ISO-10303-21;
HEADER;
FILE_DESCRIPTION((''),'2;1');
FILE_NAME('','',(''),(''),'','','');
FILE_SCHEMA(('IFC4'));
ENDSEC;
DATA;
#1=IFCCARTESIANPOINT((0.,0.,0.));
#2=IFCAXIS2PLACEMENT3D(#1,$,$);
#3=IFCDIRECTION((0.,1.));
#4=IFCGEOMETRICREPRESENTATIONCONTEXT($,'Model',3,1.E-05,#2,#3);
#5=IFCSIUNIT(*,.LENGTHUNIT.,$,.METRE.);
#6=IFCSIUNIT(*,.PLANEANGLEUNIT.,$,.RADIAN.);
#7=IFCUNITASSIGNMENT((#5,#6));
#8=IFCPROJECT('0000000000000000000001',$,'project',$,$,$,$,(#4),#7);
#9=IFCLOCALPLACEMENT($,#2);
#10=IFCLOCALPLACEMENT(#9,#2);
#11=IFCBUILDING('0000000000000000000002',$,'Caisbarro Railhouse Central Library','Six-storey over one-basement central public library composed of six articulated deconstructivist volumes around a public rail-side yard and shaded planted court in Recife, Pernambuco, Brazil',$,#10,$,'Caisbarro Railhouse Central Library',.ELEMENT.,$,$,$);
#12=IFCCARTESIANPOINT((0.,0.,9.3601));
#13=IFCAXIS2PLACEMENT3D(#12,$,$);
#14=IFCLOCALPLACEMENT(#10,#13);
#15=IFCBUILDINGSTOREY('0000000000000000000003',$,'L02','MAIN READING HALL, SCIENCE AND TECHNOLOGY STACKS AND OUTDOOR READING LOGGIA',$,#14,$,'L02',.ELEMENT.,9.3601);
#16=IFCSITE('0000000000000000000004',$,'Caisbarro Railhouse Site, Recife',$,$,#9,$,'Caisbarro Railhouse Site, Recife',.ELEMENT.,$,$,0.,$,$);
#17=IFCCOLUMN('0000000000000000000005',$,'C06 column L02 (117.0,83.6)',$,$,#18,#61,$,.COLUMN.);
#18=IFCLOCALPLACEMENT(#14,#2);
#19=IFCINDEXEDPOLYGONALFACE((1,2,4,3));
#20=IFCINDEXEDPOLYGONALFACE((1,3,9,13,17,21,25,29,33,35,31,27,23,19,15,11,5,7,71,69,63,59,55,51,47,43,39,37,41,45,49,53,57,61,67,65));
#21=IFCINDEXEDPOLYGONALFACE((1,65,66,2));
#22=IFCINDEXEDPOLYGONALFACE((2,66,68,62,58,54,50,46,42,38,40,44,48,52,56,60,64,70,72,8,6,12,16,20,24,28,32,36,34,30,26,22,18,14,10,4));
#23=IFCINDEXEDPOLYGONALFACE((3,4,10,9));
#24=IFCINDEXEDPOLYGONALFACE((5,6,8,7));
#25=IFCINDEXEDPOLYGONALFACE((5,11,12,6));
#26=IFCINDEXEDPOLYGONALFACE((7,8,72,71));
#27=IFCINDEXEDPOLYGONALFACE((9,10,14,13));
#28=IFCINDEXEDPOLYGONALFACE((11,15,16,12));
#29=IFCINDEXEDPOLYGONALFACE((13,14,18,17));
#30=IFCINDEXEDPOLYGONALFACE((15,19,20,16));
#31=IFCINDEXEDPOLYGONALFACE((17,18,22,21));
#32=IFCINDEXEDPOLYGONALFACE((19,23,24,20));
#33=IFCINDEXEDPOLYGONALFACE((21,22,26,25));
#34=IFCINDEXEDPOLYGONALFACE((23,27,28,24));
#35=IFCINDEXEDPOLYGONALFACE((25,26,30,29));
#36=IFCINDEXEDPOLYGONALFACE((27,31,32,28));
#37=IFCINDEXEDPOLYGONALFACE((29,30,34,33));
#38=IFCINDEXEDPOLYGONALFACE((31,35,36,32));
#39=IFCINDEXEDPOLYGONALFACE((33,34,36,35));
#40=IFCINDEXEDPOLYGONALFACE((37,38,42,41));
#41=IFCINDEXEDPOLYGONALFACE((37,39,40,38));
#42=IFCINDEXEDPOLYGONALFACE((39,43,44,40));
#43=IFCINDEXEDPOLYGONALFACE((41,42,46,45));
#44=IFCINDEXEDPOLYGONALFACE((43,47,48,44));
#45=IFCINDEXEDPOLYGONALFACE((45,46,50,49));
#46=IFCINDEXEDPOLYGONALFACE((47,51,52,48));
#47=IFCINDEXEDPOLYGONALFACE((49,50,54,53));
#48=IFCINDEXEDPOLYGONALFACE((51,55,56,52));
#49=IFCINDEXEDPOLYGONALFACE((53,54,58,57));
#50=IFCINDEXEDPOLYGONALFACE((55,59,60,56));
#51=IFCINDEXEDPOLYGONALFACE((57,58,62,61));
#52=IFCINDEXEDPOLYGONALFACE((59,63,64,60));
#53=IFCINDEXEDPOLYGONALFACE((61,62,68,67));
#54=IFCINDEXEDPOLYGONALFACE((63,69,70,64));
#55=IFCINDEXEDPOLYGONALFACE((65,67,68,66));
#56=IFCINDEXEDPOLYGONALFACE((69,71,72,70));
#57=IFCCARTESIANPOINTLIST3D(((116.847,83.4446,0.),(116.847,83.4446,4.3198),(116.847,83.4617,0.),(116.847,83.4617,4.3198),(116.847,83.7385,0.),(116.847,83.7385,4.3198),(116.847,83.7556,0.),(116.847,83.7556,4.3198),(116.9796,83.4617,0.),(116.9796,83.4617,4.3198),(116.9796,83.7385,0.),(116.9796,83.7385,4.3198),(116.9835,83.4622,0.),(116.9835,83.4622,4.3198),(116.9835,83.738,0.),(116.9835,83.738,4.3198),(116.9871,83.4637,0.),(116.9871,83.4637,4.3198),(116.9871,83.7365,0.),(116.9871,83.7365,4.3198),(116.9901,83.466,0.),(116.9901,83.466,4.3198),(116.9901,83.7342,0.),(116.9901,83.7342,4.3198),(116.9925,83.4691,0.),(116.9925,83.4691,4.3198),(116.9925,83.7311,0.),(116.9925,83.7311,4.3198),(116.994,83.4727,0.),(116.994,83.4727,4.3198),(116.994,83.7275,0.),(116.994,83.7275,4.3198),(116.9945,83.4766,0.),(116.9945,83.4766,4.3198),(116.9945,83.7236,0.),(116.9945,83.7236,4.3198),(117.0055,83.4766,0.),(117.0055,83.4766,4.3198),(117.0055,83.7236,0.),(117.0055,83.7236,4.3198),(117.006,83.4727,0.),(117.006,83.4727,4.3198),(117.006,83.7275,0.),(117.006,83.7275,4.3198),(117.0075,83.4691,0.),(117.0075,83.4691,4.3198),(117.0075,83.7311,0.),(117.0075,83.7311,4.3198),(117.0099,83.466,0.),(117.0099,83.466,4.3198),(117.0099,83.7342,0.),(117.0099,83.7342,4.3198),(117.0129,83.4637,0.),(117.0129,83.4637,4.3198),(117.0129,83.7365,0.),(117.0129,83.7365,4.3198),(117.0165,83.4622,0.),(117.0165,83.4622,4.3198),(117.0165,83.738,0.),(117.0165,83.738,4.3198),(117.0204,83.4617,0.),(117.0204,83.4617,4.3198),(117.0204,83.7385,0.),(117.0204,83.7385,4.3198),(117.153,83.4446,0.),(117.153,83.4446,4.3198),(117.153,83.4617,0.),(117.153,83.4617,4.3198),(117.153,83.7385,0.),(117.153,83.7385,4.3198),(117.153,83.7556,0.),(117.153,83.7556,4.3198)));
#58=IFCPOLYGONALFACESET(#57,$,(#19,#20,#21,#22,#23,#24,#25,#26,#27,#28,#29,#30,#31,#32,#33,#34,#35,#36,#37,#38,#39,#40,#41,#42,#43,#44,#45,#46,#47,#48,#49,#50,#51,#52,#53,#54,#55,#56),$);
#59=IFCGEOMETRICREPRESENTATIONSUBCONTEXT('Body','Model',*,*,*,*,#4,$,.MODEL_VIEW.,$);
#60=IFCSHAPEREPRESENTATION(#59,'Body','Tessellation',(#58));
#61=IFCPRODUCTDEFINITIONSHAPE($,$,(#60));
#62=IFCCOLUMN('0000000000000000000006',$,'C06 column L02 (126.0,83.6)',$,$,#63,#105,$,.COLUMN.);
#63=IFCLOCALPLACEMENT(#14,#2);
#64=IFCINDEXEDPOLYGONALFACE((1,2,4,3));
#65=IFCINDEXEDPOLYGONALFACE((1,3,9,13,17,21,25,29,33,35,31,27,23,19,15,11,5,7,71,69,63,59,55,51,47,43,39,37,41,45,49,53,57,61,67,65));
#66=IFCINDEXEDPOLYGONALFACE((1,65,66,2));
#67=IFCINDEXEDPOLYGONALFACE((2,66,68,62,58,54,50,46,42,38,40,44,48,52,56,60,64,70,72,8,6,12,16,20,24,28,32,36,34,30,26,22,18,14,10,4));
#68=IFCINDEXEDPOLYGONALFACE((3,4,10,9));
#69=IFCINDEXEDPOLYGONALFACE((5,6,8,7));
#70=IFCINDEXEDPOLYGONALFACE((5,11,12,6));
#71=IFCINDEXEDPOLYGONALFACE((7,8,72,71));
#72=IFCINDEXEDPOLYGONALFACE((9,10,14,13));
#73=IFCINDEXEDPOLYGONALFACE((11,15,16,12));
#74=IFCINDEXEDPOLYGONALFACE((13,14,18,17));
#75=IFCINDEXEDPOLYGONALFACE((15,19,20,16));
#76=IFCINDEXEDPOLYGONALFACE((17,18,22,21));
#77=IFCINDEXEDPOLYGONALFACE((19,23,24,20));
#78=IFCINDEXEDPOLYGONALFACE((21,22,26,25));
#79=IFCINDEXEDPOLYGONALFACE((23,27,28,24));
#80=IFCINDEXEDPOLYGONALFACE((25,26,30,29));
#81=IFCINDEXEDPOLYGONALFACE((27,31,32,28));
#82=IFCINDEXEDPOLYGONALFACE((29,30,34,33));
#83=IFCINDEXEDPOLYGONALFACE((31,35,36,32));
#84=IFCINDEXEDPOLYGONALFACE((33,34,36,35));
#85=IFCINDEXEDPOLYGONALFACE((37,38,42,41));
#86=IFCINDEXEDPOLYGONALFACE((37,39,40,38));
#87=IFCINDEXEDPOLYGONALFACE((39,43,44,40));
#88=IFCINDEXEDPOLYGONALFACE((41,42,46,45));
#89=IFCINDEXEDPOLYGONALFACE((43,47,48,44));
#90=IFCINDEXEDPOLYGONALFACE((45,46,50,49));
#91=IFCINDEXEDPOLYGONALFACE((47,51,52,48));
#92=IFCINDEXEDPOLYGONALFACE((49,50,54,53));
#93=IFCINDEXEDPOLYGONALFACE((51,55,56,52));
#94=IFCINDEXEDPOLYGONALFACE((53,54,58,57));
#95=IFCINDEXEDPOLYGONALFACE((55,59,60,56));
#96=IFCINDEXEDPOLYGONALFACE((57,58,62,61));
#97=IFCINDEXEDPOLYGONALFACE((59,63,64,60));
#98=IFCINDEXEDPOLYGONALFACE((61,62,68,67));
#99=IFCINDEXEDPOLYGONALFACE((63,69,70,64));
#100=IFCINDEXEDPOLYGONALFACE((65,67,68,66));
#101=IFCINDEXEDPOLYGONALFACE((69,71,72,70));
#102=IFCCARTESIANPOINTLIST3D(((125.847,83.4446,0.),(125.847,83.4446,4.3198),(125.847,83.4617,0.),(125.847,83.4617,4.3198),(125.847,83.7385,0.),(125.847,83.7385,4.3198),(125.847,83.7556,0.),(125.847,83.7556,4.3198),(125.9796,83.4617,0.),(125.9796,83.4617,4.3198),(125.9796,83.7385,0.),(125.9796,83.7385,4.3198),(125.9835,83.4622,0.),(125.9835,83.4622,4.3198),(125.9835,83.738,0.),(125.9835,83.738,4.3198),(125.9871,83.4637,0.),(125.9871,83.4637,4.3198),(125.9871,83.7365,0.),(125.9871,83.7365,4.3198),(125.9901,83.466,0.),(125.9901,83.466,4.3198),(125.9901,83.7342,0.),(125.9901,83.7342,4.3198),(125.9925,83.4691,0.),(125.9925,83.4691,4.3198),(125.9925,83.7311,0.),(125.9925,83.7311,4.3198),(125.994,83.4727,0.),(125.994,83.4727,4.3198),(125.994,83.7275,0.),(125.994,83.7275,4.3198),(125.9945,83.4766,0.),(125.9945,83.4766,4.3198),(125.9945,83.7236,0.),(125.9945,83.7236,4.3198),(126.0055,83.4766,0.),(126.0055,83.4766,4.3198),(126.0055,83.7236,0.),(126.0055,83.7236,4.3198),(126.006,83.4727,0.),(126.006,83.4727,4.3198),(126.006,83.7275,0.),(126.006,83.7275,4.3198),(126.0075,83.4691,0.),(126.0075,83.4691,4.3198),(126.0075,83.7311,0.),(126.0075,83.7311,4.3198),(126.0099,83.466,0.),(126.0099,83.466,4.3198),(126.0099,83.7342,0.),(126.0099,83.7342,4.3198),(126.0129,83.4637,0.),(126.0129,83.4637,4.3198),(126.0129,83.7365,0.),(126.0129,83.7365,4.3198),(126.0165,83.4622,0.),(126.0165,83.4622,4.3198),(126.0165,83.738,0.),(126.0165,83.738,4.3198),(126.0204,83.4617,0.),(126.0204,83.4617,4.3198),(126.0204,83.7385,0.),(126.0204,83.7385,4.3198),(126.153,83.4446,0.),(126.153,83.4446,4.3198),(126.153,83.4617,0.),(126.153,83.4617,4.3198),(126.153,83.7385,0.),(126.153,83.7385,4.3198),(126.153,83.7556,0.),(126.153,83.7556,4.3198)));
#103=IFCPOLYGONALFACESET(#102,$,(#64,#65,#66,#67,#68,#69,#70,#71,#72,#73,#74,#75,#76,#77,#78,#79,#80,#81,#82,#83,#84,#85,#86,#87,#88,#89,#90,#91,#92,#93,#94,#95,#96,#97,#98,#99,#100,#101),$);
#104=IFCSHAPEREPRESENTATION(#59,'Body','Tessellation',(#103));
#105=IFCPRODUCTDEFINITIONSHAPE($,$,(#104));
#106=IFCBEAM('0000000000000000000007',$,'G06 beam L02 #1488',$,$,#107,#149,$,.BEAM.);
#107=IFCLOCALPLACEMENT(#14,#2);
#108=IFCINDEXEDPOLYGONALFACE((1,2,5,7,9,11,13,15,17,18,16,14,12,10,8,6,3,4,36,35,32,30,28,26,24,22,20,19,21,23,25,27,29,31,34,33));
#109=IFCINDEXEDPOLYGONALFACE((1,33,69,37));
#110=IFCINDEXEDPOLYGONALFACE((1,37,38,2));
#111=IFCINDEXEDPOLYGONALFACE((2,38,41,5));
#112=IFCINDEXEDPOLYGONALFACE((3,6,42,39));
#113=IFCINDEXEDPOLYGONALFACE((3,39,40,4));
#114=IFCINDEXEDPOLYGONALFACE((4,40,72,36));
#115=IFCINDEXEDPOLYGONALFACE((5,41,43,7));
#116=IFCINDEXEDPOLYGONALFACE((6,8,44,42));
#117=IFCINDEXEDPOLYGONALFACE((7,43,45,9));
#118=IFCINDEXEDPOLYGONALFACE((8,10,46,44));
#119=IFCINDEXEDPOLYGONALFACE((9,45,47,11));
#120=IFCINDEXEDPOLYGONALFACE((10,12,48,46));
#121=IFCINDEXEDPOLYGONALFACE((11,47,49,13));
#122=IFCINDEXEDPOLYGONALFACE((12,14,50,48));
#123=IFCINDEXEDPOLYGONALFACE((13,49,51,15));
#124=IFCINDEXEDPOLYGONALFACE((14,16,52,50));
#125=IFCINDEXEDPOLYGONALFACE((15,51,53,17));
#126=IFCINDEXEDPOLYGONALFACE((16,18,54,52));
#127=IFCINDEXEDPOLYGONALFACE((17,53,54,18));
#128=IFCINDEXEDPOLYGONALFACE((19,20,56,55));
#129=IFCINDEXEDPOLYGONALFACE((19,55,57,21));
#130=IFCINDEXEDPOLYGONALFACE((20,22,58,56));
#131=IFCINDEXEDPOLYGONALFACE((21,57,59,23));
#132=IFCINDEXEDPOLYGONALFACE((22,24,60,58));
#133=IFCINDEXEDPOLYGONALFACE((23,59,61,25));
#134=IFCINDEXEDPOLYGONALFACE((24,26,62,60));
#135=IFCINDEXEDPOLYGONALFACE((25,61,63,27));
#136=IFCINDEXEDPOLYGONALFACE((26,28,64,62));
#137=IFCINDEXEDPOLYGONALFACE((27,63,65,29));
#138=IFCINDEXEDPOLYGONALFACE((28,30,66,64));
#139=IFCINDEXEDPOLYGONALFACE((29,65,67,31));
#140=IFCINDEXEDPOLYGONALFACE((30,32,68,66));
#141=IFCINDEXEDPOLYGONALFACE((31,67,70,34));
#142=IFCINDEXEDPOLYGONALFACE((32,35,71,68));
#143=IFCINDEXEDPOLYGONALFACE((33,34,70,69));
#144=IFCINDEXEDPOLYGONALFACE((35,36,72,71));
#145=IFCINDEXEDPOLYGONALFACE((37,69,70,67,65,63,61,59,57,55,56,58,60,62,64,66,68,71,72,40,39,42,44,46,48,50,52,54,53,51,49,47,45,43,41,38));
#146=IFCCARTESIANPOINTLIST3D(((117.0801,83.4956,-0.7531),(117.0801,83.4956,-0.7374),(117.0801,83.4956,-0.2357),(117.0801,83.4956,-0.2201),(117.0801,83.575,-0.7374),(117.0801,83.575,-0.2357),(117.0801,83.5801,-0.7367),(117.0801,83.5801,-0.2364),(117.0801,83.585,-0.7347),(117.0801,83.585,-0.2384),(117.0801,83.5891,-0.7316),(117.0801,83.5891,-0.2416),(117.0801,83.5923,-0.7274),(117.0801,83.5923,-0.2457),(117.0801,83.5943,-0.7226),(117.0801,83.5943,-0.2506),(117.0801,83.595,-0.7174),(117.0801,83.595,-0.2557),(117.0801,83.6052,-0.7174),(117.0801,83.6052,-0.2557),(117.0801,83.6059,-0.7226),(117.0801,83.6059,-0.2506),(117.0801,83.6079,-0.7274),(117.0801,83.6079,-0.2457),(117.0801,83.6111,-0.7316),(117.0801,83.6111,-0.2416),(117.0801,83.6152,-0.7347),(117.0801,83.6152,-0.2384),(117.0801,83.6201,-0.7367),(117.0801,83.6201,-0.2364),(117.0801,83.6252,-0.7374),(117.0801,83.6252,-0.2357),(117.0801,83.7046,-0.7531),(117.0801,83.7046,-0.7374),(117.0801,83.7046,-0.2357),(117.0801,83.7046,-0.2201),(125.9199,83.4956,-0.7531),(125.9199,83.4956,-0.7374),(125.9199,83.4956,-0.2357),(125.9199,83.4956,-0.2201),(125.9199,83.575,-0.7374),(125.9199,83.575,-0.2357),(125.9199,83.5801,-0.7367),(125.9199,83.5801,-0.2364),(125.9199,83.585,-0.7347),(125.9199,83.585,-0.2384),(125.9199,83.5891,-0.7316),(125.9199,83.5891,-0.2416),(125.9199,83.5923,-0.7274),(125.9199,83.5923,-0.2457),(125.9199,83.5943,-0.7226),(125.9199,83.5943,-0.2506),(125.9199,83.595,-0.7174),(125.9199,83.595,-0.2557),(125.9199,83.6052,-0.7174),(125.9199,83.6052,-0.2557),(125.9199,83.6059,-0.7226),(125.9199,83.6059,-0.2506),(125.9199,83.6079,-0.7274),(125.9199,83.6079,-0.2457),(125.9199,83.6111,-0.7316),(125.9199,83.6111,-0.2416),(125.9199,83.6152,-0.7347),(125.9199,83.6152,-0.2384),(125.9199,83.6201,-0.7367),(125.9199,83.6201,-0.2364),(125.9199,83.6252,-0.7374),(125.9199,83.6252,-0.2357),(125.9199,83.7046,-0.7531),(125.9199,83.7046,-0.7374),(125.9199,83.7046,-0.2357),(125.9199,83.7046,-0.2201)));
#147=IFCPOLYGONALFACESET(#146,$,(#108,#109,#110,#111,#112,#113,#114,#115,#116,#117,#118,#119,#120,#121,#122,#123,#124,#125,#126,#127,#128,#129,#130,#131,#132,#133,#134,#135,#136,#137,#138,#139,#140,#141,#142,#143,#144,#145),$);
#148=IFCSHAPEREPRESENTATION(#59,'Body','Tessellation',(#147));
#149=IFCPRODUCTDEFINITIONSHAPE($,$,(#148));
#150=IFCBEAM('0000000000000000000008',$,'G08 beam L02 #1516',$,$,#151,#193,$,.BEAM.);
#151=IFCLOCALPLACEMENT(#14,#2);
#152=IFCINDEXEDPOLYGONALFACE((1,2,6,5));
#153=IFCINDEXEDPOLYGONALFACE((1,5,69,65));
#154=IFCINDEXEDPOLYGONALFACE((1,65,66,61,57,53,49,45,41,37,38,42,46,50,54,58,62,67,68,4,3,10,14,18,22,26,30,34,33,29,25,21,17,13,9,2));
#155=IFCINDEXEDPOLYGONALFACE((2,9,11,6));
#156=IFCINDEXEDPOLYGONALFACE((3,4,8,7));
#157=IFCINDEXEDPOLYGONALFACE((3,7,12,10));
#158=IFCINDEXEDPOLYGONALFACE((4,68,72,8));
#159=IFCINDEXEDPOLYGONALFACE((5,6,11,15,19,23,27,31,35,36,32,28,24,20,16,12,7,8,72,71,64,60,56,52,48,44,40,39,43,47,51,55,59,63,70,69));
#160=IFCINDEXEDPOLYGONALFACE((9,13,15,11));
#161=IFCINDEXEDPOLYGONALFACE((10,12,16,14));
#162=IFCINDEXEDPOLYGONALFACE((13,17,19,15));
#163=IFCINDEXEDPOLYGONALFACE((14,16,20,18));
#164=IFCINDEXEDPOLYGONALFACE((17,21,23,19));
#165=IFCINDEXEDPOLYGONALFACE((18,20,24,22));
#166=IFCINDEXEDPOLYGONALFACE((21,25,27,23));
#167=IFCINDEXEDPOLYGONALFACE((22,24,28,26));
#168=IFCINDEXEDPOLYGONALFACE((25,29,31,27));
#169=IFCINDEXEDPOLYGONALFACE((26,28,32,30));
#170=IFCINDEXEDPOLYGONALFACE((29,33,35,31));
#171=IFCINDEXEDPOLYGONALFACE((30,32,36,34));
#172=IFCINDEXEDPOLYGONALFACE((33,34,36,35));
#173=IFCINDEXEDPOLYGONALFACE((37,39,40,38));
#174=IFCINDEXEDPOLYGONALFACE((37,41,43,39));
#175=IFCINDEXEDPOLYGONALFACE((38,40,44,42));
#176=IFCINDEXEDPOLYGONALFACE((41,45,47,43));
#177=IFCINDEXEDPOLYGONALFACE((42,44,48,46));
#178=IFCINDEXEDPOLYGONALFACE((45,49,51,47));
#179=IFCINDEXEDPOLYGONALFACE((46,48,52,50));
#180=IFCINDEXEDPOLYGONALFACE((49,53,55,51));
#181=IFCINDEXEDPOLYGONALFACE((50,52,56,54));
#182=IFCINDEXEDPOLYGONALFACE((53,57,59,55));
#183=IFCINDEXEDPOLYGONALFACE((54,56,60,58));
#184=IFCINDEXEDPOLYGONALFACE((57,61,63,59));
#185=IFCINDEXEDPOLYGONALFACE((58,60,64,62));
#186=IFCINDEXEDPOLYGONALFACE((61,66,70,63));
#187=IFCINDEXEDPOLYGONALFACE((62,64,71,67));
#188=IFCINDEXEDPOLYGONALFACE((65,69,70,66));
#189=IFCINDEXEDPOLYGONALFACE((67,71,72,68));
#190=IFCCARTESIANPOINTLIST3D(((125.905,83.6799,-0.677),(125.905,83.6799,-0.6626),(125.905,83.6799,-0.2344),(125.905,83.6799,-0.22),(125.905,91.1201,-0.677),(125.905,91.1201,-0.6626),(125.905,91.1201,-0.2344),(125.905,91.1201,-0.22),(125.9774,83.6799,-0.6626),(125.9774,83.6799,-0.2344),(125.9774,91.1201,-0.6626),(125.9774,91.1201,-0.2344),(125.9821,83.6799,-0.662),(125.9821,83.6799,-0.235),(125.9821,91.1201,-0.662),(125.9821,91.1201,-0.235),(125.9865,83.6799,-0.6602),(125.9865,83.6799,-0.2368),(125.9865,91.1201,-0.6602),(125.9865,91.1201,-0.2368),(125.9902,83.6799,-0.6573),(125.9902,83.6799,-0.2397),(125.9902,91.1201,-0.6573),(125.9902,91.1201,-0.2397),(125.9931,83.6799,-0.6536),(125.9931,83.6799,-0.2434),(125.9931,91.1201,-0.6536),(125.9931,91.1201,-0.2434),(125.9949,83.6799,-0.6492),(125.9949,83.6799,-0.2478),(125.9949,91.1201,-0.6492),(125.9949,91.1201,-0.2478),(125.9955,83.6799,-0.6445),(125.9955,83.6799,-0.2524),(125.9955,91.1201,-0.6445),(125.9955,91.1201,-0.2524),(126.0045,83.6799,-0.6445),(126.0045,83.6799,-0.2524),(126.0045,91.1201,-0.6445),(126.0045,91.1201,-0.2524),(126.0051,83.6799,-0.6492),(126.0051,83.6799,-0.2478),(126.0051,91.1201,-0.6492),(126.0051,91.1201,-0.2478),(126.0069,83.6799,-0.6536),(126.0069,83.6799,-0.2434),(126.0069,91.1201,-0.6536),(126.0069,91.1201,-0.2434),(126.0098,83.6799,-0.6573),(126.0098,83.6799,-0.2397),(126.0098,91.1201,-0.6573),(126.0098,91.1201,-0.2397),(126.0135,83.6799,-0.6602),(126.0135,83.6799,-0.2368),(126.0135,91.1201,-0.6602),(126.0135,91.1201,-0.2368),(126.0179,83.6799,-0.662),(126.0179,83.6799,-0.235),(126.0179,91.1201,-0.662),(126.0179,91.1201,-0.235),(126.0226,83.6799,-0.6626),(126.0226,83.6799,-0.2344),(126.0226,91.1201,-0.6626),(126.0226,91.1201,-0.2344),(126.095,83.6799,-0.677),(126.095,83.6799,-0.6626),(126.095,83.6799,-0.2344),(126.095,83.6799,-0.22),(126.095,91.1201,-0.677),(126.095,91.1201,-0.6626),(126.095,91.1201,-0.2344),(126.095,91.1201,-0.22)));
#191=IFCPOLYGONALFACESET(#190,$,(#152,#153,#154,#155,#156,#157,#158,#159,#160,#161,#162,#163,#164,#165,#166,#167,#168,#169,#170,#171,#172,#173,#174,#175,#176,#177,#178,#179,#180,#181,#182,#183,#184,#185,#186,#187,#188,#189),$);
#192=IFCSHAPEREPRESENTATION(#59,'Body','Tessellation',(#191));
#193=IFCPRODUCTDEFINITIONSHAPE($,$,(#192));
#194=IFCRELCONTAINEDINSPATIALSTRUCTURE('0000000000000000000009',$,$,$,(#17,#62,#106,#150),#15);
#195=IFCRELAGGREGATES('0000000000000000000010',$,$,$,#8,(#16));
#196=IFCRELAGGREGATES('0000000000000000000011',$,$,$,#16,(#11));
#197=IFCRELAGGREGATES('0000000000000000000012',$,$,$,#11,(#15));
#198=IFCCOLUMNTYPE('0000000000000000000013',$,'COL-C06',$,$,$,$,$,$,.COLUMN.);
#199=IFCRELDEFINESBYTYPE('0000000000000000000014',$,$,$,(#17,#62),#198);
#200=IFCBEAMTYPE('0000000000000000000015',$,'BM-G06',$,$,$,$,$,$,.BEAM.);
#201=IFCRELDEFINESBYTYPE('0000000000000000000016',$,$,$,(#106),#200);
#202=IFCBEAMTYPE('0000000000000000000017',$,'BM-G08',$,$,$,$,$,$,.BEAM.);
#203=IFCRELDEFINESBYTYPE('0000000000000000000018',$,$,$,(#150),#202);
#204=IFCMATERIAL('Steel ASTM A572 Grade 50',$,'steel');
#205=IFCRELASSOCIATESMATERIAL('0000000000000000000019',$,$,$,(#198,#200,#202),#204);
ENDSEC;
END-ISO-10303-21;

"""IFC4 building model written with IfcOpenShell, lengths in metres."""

from ifc_helpers import new_model, si_unit, direction, frame, origin, origin_2d, place, context, subcontext, project, spatial, i_section, extrude, material, material_profile, profile_set, type_object, element, save


model = new_model("IFC4")

# Units and contexts
model_context = context("Model", 3, precision=1e-05, world=origin(), true_north=direction((0.0, 1.0)))
body_context = subcontext(model_context, "Body", "Model", "MODEL_VIEW")
ifc_project = project(units=[si_unit("LENGTHUNIT", "METRE"), si_unit("PLANEANGLEUNIT", "RADIAN")], contexts=[model_context])

# Site, building, storey
site_placement = place(None, origin())
site = spatial("IfcSite", under=ifc_project, at=site_placement, Name="Caisbarro Railhouse Site, Recife", LongName="Caisbarro Railhouse Site, Recife", CompositionType="ELEMENT", RefElevation=0.0)
building_placement = place(site_placement, origin())
building = spatial("IfcBuilding", under=site, at=building_placement, Name="Caisbarro Railhouse Central Library", Description="Six-storey over one-basement central public library composed of six articulated deconstructivist volumes around a public rail-side yard and shaded planted court in Recife, Pernambuco, Brazil", LongName="Caisbarro Railhouse Central Library", CompositionType="ELEMENT")
storey_placement = place(building_placement, frame((0.0, 0.0, 9.3601)))
storey = spatial("IfcBuildingStorey", under=building, at=storey_placement, Name="L02", Description="MAIN READING HALL, SCIENCE AND TECHNOLOGY STACKS AND OUTDOOR READING LOGGIA", LongName="L02", CompositionType="ELEMENT", Elevation=9.3601)

# Columns
ifc_material_1 = material(Name="Steel ASTM A572 Grade 50", Category="steel")
ifc_material_profile_1 = material_profile(ifc_material_1, i_section(OverallWidth=0.3059, OverallDepth=0.311, WebThickness=0.011, FlangeThickness=0.0171, FilletRadius=0.0149, at=origin_2d()), Name="W310X107.0")
ifc_profile_set_1 = profile_set([ifc_material_profile_1], Name="Steel ASTM A572 Grade 50")
column_type = type_object("IfcColumnType", Name="COL-C06", PredefinedType="COLUMN", material=ifc_profile_set_1)
for number, where, z_axis, x_axis, name in (
    (1, (117.0, 83.6001, 0.0), (0.0, 0.0, 1.0), (1.0, 0.0, 0.0), "C06 column L02 (117.0,83.6)"),
    (2, (126.0, 83.6001, 0.0), (0.0, 0.0, 1.0), (1.0, 0.0, 0.0), "C06 column L02 (126.0,83.6)"),
):
    element("IfcColumn", number, at=place(storey_placement, frame(where, z_axis=z_axis, x_axis=x_axis)), inside=storey, type_object=column_type, Name=name, PredefinedType="COLUMN", context=body_context, shape_type="SweptSolid", body=[
        extrude(i_section(OverallWidth=0.3059, OverallDepth=0.311, WebThickness=0.011, FlangeThickness=0.0171, FilletRadius=0.0149, at=origin_2d()), origin(), (0.0, 0.0, 1.0), 4.3198),
    ])

# Beams
ifc_material_profile_2 = material_profile(ifc_material_1, i_section(OverallWidth=0.209, OverallDepth=0.533, WebThickness=0.0103, FlangeThickness=0.0156, FilletRadius=0.02, at=origin_2d()), Name="W530X92.0")
ifc_profile_set_2 = profile_set([ifc_material_profile_2], Name="Steel ASTM A572 Grade 50")
beam_type_1 = type_object("IfcBeamType", Name="BM-G06", PredefinedType="BEAM", material=ifc_profile_set_2)
beam_1_placement = place(storey_placement, frame((117.0801, 83.6001, -0.4866), z_axis=(1.0, 0.0, 0.0), x_axis=(0.0, 1.0, 0.0)))
element("IfcBeam", 3, at=beam_1_placement, inside=storey, type_object=beam_type_1, Name="G06 beam L02 #1488", PredefinedType="BEAM", context=body_context, shape_type="SweptSolid", body=[
    extrude(i_section(OverallWidth=0.209, OverallDepth=0.533, WebThickness=0.0103, FlangeThickness=0.0156, FilletRadius=0.02, at=origin_2d()), origin(), (0.0, 0.0, 1.0), 8.8398),
])
ifc_material_profile_3 = material_profile(ifc_material_1, i_section(OverallWidth=0.1899, OverallDepth=0.457, WebThickness=0.009, FlangeThickness=0.0144, FilletRadius=0.0181, at=origin_2d()), Name="W460X74.0")
ifc_profile_set_3 = profile_set([ifc_material_profile_3], Name="Steel ASTM A572 Grade 50")
beam_type_2 = type_object("IfcBeamType", Name="BM-G08", PredefinedType="BEAM", material=ifc_profile_set_3)
beam_2_placement = place(storey_placement, frame((126.0, 83.6799, -0.4485), z_axis=(0.0, 1.0, 0.0), x_axis=(-1.0, 0.0, 0.0)))
element("IfcBeam", 4, at=beam_2_placement, inside=storey, type_object=beam_type_2, Name="G08 beam L02 #1516", PredefinedType="BEAM", context=body_context, shape_type="SweptSolid", body=[
    extrude(i_section(OverallWidth=0.1899, OverallDepth=0.457, WebThickness=0.009, FlangeThickness=0.0144, FilletRadius=0.0181, at=origin_2d()), origin(), (0.0, 0.0, 1.0), 7.4402),
])

save(model, "model.ifc")
